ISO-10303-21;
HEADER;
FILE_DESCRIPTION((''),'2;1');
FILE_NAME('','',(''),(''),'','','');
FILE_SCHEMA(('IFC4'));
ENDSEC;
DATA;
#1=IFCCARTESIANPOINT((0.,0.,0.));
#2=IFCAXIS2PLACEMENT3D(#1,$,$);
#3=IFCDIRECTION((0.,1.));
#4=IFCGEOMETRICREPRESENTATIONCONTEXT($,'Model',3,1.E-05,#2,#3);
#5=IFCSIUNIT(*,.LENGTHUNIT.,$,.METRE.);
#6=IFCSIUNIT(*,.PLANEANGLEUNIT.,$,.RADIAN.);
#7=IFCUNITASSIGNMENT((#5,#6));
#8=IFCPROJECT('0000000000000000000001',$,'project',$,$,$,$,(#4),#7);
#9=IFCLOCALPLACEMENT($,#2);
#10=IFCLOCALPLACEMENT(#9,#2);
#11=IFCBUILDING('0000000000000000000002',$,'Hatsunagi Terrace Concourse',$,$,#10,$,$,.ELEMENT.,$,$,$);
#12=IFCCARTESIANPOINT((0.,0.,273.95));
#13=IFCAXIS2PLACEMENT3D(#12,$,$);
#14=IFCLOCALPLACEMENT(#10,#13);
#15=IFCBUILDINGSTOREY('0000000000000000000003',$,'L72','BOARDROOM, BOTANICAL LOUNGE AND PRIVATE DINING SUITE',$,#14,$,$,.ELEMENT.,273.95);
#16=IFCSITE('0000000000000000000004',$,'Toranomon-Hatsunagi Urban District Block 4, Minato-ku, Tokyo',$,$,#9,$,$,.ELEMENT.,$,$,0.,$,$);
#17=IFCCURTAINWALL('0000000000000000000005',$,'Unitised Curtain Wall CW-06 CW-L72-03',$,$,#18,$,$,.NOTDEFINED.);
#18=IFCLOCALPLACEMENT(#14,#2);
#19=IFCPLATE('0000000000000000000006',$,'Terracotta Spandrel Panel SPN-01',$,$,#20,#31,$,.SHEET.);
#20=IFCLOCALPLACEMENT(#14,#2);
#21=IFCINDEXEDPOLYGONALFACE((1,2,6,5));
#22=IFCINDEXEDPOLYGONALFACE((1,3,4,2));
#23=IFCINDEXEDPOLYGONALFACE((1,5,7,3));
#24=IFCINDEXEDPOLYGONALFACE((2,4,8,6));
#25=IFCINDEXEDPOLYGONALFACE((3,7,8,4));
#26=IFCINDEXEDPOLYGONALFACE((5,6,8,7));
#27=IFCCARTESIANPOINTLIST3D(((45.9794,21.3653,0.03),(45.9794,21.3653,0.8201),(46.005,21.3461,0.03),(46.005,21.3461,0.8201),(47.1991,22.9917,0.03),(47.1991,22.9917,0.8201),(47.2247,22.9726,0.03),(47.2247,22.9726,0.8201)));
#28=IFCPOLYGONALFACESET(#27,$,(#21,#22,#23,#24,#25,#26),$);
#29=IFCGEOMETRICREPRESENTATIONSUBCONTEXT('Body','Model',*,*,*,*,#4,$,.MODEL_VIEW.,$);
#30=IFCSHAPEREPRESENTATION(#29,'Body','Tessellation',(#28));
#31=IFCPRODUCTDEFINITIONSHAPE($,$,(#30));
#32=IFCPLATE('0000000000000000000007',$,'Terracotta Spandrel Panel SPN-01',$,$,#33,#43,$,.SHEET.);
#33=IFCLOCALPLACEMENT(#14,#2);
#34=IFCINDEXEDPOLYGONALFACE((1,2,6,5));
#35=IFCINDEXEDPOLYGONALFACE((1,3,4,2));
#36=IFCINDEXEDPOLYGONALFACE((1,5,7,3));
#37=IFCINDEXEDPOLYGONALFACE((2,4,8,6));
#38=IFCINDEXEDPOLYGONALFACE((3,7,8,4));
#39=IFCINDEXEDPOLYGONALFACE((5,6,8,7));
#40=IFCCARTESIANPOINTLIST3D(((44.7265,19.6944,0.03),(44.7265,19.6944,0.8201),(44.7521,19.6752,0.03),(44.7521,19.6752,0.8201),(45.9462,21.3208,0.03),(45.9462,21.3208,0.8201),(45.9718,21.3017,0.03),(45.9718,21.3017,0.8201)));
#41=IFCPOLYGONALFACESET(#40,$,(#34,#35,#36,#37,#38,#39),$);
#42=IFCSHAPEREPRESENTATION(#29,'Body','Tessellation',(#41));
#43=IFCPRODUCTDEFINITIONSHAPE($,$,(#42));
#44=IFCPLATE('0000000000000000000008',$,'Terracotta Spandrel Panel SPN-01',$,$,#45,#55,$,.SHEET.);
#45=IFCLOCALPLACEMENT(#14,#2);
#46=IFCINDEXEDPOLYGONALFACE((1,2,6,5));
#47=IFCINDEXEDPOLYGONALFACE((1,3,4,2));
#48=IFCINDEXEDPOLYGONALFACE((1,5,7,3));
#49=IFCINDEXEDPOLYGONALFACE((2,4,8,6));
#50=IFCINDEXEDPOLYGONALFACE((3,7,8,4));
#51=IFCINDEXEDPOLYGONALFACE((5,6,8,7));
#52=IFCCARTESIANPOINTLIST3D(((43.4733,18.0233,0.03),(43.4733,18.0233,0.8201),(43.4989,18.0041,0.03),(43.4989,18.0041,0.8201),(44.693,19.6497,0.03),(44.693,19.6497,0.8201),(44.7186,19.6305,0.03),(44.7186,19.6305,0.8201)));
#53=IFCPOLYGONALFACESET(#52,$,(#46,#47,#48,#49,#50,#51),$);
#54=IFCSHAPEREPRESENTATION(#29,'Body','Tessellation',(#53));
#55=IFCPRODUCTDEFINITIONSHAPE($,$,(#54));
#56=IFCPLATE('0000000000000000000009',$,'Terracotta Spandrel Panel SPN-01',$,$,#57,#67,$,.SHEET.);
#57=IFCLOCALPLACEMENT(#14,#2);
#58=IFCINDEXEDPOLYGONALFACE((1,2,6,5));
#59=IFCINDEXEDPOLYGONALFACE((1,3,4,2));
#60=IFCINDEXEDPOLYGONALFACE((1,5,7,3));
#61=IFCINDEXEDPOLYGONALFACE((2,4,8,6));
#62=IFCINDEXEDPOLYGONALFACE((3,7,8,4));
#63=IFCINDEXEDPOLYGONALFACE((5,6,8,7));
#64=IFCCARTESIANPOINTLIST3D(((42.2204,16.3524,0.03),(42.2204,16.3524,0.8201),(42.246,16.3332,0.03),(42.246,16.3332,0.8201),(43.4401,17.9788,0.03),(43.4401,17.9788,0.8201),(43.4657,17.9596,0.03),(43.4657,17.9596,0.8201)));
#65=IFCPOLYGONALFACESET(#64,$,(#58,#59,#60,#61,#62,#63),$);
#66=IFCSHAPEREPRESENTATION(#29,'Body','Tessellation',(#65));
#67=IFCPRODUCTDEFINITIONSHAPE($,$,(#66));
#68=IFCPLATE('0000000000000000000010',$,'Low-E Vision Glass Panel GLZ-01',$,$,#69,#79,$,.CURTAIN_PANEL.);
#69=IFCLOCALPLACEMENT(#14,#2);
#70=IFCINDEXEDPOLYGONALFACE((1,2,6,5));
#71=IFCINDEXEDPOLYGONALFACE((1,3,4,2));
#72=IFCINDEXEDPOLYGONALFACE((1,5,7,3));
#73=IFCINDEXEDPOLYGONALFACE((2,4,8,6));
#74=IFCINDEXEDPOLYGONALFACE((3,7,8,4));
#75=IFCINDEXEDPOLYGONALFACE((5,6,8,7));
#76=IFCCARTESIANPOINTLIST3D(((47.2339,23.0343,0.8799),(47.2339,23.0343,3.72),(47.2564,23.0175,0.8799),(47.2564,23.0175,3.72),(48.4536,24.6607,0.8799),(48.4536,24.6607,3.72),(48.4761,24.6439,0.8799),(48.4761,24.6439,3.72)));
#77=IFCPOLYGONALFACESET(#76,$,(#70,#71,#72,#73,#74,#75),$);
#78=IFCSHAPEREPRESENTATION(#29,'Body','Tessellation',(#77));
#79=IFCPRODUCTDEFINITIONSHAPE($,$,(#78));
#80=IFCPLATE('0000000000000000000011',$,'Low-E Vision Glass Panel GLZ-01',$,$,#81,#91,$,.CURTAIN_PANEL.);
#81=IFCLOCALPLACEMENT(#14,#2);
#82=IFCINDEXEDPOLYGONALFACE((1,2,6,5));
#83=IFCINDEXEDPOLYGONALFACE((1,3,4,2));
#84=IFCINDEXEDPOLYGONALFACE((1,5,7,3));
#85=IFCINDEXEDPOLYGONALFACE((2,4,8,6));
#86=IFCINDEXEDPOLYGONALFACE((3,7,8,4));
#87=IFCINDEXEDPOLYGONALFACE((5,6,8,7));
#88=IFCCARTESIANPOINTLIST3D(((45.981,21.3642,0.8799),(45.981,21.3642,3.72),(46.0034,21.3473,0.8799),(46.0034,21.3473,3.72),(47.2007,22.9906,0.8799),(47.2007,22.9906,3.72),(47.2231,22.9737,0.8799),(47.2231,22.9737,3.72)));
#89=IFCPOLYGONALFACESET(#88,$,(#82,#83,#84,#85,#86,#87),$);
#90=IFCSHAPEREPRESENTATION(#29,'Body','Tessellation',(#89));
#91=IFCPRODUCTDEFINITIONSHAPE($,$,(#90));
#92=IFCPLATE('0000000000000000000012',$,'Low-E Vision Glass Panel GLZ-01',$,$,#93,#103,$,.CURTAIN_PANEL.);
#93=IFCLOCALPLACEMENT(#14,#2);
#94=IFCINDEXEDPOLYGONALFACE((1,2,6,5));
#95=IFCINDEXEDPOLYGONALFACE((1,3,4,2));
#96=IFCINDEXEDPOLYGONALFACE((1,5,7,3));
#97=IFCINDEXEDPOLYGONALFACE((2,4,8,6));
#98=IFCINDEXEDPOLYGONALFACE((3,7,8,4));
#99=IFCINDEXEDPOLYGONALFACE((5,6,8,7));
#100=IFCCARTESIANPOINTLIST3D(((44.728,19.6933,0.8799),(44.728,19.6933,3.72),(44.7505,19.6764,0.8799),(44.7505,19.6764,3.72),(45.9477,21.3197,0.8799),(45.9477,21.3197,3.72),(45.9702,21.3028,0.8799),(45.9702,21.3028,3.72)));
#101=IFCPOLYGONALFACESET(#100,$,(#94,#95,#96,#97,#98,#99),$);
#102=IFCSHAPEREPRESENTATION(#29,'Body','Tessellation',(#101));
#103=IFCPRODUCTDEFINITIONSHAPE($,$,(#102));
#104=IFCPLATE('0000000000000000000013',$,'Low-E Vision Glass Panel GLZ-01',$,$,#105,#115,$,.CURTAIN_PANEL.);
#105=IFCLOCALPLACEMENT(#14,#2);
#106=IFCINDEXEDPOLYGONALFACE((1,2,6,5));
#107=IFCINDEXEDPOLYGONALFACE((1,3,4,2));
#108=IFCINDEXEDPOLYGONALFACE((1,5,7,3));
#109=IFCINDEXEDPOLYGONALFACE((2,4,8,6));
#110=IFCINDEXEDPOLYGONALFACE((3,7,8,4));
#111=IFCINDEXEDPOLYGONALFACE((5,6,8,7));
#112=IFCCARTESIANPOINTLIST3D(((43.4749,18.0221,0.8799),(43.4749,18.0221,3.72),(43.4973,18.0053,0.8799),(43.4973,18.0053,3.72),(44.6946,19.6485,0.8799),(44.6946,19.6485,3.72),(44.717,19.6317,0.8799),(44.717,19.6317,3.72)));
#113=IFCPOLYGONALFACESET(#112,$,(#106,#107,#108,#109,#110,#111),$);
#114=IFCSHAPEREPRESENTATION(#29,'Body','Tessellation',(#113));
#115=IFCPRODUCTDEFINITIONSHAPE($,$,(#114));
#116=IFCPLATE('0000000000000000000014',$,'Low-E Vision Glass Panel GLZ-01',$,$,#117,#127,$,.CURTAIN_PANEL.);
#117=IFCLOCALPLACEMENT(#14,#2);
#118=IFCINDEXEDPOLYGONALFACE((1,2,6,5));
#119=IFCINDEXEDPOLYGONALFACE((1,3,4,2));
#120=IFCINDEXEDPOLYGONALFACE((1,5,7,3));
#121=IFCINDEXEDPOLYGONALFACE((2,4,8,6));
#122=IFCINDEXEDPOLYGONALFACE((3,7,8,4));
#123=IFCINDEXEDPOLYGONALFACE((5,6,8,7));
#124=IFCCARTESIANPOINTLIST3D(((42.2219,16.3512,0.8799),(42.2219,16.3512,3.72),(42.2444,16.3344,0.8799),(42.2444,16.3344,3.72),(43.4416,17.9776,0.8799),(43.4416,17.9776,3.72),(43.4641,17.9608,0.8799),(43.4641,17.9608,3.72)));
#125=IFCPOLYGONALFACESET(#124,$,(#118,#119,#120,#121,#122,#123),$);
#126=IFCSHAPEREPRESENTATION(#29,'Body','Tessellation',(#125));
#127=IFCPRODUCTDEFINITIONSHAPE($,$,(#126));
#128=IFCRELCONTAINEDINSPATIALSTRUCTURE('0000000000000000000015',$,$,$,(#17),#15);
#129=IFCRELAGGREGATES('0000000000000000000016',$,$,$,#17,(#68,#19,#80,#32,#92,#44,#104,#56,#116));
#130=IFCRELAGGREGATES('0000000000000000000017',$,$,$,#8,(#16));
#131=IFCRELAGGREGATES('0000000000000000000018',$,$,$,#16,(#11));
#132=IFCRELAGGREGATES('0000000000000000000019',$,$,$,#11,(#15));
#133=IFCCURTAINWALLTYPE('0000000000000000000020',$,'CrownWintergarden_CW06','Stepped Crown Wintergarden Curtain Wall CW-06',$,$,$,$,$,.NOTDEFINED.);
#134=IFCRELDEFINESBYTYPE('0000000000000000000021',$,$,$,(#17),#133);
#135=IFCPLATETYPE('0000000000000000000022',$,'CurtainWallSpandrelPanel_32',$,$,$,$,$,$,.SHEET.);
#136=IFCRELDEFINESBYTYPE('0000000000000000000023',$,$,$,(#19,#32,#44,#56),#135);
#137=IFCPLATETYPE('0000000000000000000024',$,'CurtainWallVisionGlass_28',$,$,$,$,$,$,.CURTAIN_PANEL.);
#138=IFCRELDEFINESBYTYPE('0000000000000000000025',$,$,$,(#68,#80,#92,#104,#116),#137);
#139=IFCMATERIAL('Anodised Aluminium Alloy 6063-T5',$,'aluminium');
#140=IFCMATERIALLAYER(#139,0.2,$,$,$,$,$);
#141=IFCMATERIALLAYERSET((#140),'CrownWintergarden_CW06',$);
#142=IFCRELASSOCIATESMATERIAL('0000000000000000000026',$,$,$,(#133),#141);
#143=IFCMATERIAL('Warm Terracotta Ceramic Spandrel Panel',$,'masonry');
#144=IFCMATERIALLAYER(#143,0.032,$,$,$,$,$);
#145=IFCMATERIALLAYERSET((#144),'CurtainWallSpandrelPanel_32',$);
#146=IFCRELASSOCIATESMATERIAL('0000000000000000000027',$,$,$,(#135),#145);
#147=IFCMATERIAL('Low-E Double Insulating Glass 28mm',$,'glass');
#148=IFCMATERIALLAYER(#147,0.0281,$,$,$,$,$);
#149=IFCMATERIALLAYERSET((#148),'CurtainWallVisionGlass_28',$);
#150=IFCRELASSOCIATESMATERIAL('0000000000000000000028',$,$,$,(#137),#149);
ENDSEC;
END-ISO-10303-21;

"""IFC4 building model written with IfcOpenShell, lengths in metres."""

from ifc_helpers import new_model, si_unit, direction, frame, origin, origin_2d, place, context, subcontext, project, spatial, rectangle, extrude, material, layer, layer_set, type_object, element, aggregate, save


model = new_model("IFC4")

# Units and contexts
model_context = context("Model", 3, precision=1e-05, world=origin(), true_north=direction((0.0, 1.0)))
body_context = subcontext(model_context, "Body", "Model", "MODEL_VIEW")
ifc_project = project(units=[si_unit("LENGTHUNIT", "METRE"), si_unit("PLANEANGLEUNIT", "RADIAN")], contexts=[model_context])

# Site, building, storey
site_placement = place(None, origin())
site = spatial("IfcSite", under=ifc_project, at=site_placement, Name="Toranomon-Hatsunagi Urban District Block 4, Minato-ku, Tokyo", CompositionType="ELEMENT", RefElevation=0.0)
building_placement = place(site_placement, origin())
building = spatial("IfcBuilding", under=site, at=building_placement, Name="Hatsunagi Terrace Concourse", CompositionType="ELEMENT")
storey_placement = place(building_placement, frame((0.0, 0.0, 273.95)))
storey = spatial("IfcBuildingStorey", under=building, at=storey_placement, Name="L72", Description="BOARDROOM, BOTANICAL LOUNGE AND PRIVATE DINING SUITE", CompositionType="ELEMENT", Elevation=273.95)

# Curtain wall, plates
ifc_material_1 = material(Name="Anodised Aluminium Alloy 6063-T5", Category="aluminium")
ifc_layer_1 = layer(ifc_material_1, 0.2)
ifc_layer_set_1 = layer_set([ifc_layer_1], Name="CrownWintergarden_CW06")
curtain_wall_type = type_object("IfcCurtainWallType", Name="CrownWintergarden_CW06", Description="Stepped Crown Wintergarden Curtain Wall CW-06", PredefinedType="NOTDEFINED", material=ifc_layer_set_1)
curtain_wall_placement = place(storey_placement, origin())
curtain_wall = element("IfcCurtainWall", 1, at=curtain_wall_placement, inside=storey, type_object=curtain_wall_type, Name="Unitised Curtain Wall CW-06 CW-L72-03", PredefinedType="NOTDEFINED")
ifc_material_2 = material(Name="Warm Terracotta Ceramic Spandrel Panel", Category="masonry")
ifc_layer_2 = layer(ifc_material_2, 0.032)
ifc_layer_set_2 = layer_set([ifc_layer_2], Name="CurtainWallSpandrelPanel_32")
plate_type_1 = type_object("IfcPlateType", Name="CurtainWallSpandrelPanel_32", PredefinedType="SHEET", material=ifc_layer_set_2)
plate_1_placement = place(storey_placement, frame((46.6021, 22.1689, 0.03), z_axis=(0.0, 0.0, 1.0), x_axis=(-0.599969, -0.800023, 0.0)))
plate_1 = element("IfcPlate", 2, at=plate_1_placement, type_object=plate_type_1, Name="Terracotta Spandrel Panel SPN-01", PredefinedType="SHEET", context=body_context, shape_type="SweptSolid", body=[
    extrude(rectangle(XDim=2.033, YDim=0.032, at=origin_2d()), origin(), (0.0, 0.0, 1.0), 0.79),
])
plate_2_placement = place(storey_placement, frame((45.3491, 20.498, 0.03), z_axis=(0.0, 0.0, 1.0), x_axis=(-0.599969, -0.800023, 0.0)))
plate_2 = element("IfcPlate", 3, at=plate_2_placement, type_object=plate_type_1, Name="Terracotta Spandrel Panel SPN-01", PredefinedType="SHEET", context=body_context, shape_type="SweptSolid", body=[
    extrude(rectangle(XDim=2.033, YDim=0.032, at=origin_2d()), origin(), (0.0, 0.0, 1.0), 0.79),
])
plate_3_placement = place(storey_placement, frame((44.0959, 18.8269, 0.03), z_axis=(0.0, 0.0, 1.0), x_axis=(-0.599969, -0.800023, 0.0)))
plate_3 = element("IfcPlate", 4, at=plate_3_placement, type_object=plate_type_1, Name="Terracotta Spandrel Panel SPN-01", PredefinedType="SHEET", context=body_context, shape_type="SweptSolid", body=[
    extrude(rectangle(XDim=2.033, YDim=0.032, at=origin_2d()), origin(), (0.0, 0.0, 1.0), 0.79),
])
plate_4_placement = place(storey_placement, frame((42.843, 17.156, 0.03), z_axis=(0.0, 0.0, 1.0), x_axis=(-0.599969, -0.800023, 0.0)))
plate_4 = element("IfcPlate", 5, at=plate_4_placement, type_object=plate_type_1, Name="Terracotta Spandrel Panel SPN-01", PredefinedType="SHEET", context=body_context, shape_type="SweptSolid", body=[
    extrude(rectangle(XDim=2.033, YDim=0.032, at=origin_2d()), origin(), (0.0, 0.0, 1.0), 0.79),
])
ifc_material_3 = material(Name="Low-E Double Insulating Glass 28mm", Category="glass")
ifc_layer_3 = layer(ifc_material_3, 0.0281)
ifc_layer_set_3 = layer_set([ifc_layer_3], Name="CurtainWallVisionGlass_28")
plate_type_2 = type_object("IfcPlateType", Name="CurtainWallVisionGlass_28", PredefinedType="CURTAIN_PANEL", material=ifc_layer_set_3)
plate_5_placement = place(storey_placement, frame((47.855, 23.8391, 0.8799), z_axis=(0.0, 0.0, 1.0), x_axis=(-0.599969, -0.800023, 0.0)))
plate_5 = element("IfcPlate", 6, at=plate_5_placement, type_object=plate_type_2, Name="Low-E Vision Glass Panel GLZ-01", PredefinedType="CURTAIN_PANEL", context=body_context, shape_type="SweptSolid", body=[
    extrude(rectangle(XDim=2.033, YDim=0.0281, at=origin_2d()), origin(), (0.0, 0.0, 1.0), 2.8401),
])
plate_6_placement = place(storey_placement, frame((46.6021, 22.1689, 0.8799), z_axis=(0.0, 0.0, 1.0), x_axis=(-0.599969, -0.800023, 0.0)))
plate_6 = element("IfcPlate", 7, at=plate_6_placement, type_object=plate_type_2, Name="Low-E Vision Glass Panel GLZ-01", PredefinedType="CURTAIN_PANEL", context=body_context, shape_type="SweptSolid", body=[
    extrude(rectangle(XDim=2.033, YDim=0.0281, at=origin_2d()), origin(), (0.0, 0.0, 1.0), 2.8401),
])
plate_7_placement = place(storey_placement, frame((45.3491, 20.498, 0.8799), z_axis=(0.0, 0.0, 1.0), x_axis=(-0.599969, -0.800023, 0.0)))
plate_7 = element("IfcPlate", 8, at=plate_7_placement, type_object=plate_type_2, Name="Low-E Vision Glass Panel GLZ-01", PredefinedType="CURTAIN_PANEL", context=body_context, shape_type="SweptSolid", body=[
    extrude(rectangle(XDim=2.033, YDim=0.0281, at=origin_2d()), origin(), (0.0, 0.0, 1.0), 2.8401),
])
plate_8_placement = place(storey_placement, frame((44.0959, 18.8269, 0.8799), z_axis=(0.0, 0.0, 1.0), x_axis=(-0.599969, -0.800023, 0.0)))
plate_8 = element("IfcPlate", 9, at=plate_8_placement, type_object=plate_type_2, Name="Low-E Vision Glass Panel GLZ-01", PredefinedType="CURTAIN_PANEL", context=body_context, shape_type="SweptSolid", body=[
    extrude(rectangle(XDim=2.033, YDim=0.0281, at=origin_2d()), origin(), (0.0, 0.0, 1.0), 2.8401),
])
plate_9_placement = place(storey_placement, frame((42.843, 17.156, 0.8799), z_axis=(0.0, 0.0, 1.0), x_axis=(-0.599969, -0.800023, 0.0)))
plate_9 = element("IfcPlate", 10, at=plate_9_placement, type_object=plate_type_2, Name="Low-E Vision Glass Panel GLZ-01", PredefinedType="CURTAIN_PANEL", context=body_context, shape_type="SweptSolid", body=[
    extrude(rectangle(XDim=2.033, YDim=0.0281, at=origin_2d()), origin(), (0.0, 0.0, 1.0), 2.8401),
])
aggregate(curtain_wall, [plate_5, plate_1, plate_6, plate_2, plate_7, plate_3, plate_8, plate_4, plate_9])

save(model, "model.ifc")
